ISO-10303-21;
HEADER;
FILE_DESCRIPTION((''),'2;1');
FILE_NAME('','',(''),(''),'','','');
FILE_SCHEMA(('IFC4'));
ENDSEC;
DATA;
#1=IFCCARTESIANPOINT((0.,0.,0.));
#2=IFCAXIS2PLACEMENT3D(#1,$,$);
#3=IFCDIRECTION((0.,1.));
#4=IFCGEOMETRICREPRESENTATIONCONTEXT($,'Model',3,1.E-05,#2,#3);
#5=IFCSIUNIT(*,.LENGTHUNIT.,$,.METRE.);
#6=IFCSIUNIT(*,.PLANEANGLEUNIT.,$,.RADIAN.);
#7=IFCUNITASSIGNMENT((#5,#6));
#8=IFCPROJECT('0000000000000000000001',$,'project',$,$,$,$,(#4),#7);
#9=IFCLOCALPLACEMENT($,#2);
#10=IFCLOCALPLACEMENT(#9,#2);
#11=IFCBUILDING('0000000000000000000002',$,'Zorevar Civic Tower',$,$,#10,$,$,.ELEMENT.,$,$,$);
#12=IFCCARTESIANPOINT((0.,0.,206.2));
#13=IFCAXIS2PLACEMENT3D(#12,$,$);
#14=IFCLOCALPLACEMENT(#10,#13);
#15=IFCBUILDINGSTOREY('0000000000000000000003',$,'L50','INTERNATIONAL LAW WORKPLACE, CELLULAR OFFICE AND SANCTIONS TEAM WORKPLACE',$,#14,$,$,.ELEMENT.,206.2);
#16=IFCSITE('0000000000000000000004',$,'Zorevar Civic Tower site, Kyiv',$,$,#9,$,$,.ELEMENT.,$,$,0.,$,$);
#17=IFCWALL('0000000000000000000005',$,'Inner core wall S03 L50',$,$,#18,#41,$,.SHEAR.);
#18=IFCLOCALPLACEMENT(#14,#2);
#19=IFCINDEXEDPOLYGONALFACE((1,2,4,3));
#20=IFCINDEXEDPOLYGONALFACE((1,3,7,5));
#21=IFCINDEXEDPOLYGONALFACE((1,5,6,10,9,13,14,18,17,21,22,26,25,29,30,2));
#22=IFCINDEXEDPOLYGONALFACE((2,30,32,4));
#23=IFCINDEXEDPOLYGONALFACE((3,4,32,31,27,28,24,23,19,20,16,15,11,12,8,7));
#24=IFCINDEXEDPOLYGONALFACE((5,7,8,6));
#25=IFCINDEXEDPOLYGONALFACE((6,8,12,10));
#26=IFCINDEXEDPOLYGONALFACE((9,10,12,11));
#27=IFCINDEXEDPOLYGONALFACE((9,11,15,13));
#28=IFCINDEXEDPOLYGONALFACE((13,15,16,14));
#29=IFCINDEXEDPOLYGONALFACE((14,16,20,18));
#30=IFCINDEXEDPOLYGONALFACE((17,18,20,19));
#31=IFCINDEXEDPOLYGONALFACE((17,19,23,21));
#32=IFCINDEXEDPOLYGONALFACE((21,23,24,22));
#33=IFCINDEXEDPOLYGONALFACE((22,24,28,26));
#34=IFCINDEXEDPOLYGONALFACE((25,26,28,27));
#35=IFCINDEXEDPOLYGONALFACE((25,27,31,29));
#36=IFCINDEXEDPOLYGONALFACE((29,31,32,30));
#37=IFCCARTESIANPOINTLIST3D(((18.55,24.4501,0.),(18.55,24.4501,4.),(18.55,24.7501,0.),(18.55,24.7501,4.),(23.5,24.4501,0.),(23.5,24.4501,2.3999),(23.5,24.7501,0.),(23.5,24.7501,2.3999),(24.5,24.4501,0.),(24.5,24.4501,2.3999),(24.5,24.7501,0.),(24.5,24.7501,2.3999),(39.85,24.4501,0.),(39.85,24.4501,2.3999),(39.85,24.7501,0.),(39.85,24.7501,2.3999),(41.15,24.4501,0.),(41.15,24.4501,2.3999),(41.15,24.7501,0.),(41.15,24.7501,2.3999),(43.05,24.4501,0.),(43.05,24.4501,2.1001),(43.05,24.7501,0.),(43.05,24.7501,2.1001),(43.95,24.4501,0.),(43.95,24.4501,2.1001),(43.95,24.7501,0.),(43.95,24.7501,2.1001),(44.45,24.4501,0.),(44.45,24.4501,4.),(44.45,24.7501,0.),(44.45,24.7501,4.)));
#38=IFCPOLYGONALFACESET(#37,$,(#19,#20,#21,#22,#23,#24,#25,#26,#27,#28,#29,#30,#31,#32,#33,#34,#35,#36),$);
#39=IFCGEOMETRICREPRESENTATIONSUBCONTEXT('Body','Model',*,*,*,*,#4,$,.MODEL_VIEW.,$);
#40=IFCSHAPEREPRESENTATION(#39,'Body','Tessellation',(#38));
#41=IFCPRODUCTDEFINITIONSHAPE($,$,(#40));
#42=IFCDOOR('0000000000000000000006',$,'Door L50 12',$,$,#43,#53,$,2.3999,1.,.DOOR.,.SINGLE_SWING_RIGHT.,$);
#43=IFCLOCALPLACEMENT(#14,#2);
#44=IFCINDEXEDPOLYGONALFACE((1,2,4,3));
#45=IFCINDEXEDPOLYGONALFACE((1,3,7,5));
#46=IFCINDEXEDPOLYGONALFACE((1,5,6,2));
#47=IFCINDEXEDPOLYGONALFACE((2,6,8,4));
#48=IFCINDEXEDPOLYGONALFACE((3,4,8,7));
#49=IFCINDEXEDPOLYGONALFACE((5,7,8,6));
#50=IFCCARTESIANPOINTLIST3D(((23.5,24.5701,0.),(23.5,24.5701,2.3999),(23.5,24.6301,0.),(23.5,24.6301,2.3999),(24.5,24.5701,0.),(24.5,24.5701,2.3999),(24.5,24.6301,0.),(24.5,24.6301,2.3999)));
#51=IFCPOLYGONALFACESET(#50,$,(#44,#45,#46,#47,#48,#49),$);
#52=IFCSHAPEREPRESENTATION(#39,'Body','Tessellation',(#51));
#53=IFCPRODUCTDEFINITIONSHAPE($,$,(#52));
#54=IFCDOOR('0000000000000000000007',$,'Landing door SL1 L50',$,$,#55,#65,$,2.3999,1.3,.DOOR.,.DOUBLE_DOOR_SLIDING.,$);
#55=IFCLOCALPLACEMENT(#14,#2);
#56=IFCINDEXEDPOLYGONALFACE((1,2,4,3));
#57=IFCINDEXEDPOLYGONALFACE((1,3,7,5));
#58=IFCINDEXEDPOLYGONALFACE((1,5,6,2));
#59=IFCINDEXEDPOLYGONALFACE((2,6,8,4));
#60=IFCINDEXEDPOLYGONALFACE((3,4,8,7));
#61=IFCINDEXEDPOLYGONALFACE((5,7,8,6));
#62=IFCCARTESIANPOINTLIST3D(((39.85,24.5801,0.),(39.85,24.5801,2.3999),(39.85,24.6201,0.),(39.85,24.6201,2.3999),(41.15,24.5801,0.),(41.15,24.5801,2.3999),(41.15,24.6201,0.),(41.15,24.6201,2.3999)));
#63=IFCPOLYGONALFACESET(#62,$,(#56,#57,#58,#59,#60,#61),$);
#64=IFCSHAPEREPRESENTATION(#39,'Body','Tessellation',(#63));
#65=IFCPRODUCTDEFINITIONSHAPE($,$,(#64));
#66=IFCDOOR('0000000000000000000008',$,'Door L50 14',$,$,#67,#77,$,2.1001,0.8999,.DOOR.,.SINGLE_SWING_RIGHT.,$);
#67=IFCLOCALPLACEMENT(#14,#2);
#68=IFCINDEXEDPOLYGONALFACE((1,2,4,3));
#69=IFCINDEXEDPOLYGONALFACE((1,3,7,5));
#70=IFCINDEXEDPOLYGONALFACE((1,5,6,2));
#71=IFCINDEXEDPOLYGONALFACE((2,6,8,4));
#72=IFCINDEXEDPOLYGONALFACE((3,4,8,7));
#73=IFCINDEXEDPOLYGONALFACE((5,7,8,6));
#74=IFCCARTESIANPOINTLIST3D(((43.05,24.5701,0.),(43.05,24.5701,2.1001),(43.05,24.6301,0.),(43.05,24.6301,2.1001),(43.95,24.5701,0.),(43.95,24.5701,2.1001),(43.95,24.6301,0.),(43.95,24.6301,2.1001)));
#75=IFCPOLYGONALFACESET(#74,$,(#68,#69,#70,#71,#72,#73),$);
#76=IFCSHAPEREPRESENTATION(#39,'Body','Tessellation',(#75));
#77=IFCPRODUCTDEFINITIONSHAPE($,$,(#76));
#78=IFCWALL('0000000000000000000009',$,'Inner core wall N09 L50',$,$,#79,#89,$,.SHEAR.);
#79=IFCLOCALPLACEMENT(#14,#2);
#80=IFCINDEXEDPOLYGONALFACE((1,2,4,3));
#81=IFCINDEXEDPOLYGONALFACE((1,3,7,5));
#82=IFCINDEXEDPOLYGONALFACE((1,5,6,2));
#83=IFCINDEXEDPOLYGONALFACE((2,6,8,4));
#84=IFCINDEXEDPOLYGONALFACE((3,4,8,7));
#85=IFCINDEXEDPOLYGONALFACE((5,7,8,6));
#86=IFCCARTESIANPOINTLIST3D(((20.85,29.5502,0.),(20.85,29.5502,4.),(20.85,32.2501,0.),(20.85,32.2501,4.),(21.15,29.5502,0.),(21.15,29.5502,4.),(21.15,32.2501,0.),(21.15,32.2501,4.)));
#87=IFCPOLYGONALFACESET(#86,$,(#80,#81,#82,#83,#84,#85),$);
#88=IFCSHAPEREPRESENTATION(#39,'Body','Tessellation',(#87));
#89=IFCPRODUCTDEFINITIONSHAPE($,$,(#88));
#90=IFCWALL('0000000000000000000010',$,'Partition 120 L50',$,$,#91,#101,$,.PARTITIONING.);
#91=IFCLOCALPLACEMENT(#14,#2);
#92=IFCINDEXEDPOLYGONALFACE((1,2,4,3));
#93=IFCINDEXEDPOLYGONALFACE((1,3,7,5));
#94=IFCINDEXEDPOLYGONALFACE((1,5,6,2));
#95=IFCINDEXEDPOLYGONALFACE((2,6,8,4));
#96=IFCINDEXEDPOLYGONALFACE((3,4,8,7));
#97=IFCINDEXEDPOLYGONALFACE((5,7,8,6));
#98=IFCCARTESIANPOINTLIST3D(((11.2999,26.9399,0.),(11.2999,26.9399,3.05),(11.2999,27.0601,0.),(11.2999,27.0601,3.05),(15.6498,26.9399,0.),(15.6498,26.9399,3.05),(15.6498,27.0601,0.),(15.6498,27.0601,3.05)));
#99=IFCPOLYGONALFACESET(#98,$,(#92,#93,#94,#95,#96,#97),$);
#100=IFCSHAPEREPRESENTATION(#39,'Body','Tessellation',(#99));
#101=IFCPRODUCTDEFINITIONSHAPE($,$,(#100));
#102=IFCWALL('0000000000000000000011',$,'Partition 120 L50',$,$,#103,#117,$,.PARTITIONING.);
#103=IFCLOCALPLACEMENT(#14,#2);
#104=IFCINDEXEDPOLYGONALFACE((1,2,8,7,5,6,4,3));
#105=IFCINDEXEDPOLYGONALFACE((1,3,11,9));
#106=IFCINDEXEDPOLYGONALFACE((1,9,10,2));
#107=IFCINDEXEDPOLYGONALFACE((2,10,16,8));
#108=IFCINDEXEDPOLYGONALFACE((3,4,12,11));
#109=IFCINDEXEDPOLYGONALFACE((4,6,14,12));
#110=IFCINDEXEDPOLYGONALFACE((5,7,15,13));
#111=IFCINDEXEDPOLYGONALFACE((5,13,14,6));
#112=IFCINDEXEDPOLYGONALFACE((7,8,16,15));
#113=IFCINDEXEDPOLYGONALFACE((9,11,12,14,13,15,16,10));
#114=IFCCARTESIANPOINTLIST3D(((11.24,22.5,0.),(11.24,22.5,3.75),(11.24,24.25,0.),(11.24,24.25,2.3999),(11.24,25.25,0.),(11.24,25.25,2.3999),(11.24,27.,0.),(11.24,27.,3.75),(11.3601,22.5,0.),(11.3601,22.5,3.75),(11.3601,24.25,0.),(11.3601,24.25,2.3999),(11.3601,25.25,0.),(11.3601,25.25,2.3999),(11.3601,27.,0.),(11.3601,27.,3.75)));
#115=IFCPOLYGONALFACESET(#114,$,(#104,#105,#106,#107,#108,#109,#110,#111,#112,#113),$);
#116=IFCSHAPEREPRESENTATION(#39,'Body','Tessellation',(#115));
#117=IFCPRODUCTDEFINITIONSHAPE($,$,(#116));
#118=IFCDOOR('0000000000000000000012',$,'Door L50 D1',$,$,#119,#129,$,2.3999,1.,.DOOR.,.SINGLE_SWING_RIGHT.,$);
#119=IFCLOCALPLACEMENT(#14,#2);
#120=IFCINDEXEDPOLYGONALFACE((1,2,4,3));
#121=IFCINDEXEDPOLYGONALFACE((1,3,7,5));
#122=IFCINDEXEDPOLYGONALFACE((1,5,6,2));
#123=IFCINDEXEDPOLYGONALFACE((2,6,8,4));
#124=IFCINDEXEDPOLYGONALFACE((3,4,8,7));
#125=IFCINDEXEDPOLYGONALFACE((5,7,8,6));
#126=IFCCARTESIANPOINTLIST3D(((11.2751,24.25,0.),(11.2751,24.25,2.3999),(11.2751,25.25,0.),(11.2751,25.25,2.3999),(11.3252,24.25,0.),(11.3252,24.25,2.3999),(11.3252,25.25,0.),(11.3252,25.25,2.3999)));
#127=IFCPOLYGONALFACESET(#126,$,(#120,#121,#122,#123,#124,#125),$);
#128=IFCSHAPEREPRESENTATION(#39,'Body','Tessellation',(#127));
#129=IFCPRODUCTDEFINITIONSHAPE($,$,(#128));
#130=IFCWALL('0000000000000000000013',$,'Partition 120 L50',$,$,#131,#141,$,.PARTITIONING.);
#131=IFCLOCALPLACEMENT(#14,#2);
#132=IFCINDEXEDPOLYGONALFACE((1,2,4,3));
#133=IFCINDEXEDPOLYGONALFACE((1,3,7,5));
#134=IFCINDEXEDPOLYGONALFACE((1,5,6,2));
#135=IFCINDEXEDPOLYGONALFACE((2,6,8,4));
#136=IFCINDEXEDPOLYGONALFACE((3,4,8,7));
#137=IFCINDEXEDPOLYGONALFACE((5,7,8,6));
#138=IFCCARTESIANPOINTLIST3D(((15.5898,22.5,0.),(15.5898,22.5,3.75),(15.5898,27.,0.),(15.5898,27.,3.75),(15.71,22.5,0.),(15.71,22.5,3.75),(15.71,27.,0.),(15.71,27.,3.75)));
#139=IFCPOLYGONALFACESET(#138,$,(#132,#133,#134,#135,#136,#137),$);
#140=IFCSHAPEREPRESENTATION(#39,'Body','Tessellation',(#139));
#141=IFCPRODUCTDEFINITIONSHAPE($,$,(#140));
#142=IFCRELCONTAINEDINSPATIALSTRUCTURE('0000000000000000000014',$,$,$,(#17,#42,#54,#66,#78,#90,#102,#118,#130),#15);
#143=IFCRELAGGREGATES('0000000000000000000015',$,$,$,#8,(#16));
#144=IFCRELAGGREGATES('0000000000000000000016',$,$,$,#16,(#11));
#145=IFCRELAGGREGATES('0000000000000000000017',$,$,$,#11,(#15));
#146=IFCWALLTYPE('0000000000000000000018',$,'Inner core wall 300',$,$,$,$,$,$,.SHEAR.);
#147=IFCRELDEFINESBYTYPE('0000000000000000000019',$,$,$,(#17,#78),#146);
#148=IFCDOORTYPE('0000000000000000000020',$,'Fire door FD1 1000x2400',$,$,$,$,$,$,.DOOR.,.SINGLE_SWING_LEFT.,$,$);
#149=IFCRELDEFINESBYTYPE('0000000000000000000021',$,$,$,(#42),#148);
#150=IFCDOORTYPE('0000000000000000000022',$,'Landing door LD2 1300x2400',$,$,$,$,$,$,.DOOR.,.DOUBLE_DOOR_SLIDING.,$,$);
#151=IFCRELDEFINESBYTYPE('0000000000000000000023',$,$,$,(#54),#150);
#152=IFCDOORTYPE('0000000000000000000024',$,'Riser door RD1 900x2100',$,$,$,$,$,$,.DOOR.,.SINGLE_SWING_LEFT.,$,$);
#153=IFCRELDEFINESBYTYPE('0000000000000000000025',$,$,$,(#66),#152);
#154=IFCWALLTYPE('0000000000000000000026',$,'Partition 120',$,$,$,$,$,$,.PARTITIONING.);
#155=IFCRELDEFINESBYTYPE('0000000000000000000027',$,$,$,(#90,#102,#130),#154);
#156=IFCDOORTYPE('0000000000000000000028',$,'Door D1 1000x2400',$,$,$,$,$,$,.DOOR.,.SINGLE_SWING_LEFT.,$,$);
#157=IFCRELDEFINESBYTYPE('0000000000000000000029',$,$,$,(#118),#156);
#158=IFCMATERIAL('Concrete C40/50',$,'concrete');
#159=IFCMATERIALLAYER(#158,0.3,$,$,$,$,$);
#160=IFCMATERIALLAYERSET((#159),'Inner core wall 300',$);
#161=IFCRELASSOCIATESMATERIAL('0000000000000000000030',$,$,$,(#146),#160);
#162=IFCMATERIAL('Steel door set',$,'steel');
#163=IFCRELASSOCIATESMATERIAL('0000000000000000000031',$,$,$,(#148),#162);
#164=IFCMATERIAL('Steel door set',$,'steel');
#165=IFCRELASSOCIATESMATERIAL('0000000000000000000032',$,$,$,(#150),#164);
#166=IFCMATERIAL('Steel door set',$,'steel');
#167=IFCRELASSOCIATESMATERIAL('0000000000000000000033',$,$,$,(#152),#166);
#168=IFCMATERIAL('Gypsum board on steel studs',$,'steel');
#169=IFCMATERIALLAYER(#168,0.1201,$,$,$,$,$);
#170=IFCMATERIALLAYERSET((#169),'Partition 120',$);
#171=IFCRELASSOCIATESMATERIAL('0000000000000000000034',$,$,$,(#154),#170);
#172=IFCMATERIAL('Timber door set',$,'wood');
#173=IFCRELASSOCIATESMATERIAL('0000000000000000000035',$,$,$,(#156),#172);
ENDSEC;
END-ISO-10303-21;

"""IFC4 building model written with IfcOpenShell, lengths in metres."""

from ifc_helpers import new_model, si_unit, direction, frame, frame_2d, origin, place, context, subcontext, project, spatial, rectangle, extrude, material, layer, layer_set, type_object, element, fill, save


model = new_model("IFC4")

# Units and contexts
model_context = context("Model", 3, precision=1e-05, world=origin(), true_north=direction((0.0, 1.0)))
body_context = subcontext(model_context, "Body", "Model", "MODEL_VIEW")
ifc_project = project(units=[si_unit("LENGTHUNIT", "METRE"), si_unit("PLANEANGLEUNIT", "RADIAN")], contexts=[model_context])

# Site, building, storey
site_placement = place(None, origin())
site = spatial("IfcSite", under=ifc_project, at=site_placement, Name="Zorevar Civic Tower site, Kyiv", CompositionType="ELEMENT", RefElevation=0.0)
building_placement = place(site_placement, origin())
building = spatial("IfcBuilding", under=site, at=building_placement, Name="Zorevar Civic Tower", CompositionType="ELEMENT")
storey_placement = place(building_placement, frame((0.0, 0.0, 206.2)))
storey = spatial("IfcBuildingStorey", under=building, at=storey_placement, Name="L50", Description="INTERNATIONAL LAW WORKPLACE, CELLULAR OFFICE AND SANCTIONS TEAM WORKPLACE", CompositionType="ELEMENT", Elevation=206.2)

# Wall, openings, doors
ifc_material_1 = material(Name="Concrete C40/50", Category="concrete")
ifc_layer_1 = layer(ifc_material_1, 0.3)
ifc_layer_set_1 = layer_set([ifc_layer_1], Name="Inner core wall 300")
wall_type_1 = type_object("IfcWallType", Name="Inner core wall 300", PredefinedType="SHEAR", material=ifc_layer_set_1)
wall_1_placement = place(storey_placement, frame((18.55, 24.6001, 0.0), z_axis=(0.0, 0.0, 1.0), x_axis=(1.0, 0.0, 0.0)))
wall_1 = element("IfcWall", 1, at=wall_1_placement, inside=storey, type_object=wall_type_1, Name="Inner core wall S03 L50", PredefinedType="SHEAR", context=body_context, shape_type="SweptSolid", body=[
    extrude(rectangle(XDim=25.8999, YDim=0.3, at=frame_2d((12.95, 0.0))), origin(), (0.0, 0.0, 1.0), 4.0),
])
opening_1_placement = place(wall_1_placement, frame((4.95, 0.0, 0.0)))
opening_1 = element("IfcOpeningElement", 2, at=opening_1_placement, cuts=wall_1, PredefinedType="OPENING", context=body_context, shape_type="SweptSolid", body=[
    extrude(rectangle(XDim=1.0, YDim=2.3999, at=frame_2d((0.5, 1.2))), frame((0.0, 0.1599, 0.0), z_axis=(0.0, -1.0, 0.0), x_axis=(1.0, 0.0, 0.0)), (0.0, 0.0, 1.0), 0.3201),
])
opening_2_placement = place(wall_1_placement, frame((24.5, 0.0, 0.0)))
opening_2 = element("IfcOpeningElement", 3, at=opening_2_placement, cuts=wall_1, PredefinedType="OPENING", context=body_context, shape_type="SweptSolid", body=[
    extrude(rectangle(XDim=0.8999, YDim=2.1001, at=frame_2d((0.45, 1.05))), frame((0.0, 0.1599, 0.0), z_axis=(0.0, -1.0, 0.0), x_axis=(1.0, 0.0, 0.0)), (0.0, 0.0, 1.0), 0.3201),
])
opening_3_placement = place(wall_1_placement, frame((21.3, 0.0, 0.0)))
opening_3 = element("IfcOpeningElement", 4, at=opening_3_placement, cuts=wall_1, PredefinedType="OPENING", context=body_context, shape_type="SweptSolid", body=[
    extrude(rectangle(XDim=1.3, YDim=2.3999, at=frame_2d((0.6499, 1.2))), frame((0.0, 0.1599, 0.0), z_axis=(0.0, -1.0, 0.0), x_axis=(1.0, 0.0, 0.0)), (0.0, 0.0, 1.0), 0.3201),
])
ifc_material_2 = material(Name="Steel door set", Category="steel")
door_type_1 = type_object("IfcDoorType", Name="Fire door FD1 1000x2400", OperationType="SINGLE_SWING_LEFT", PredefinedType="DOOR", material=ifc_material_2)
door_1_placement = place(opening_1_placement, origin())
door_1 = element("IfcDoor", 5, at=door_1_placement, inside=storey, type_object=door_type_1, Name="Door L50 12", OperationType="SINGLE_SWING_RIGHT", OverallHeight=2.3999, OverallWidth=1.0, PredefinedType="DOOR", context=body_context, shape_type="SweptSolid", body=[
    extrude(rectangle(XDim=1.0, YDim=2.3999, at=frame_2d((0.5, 1.2))), frame((0.0, 0.03, 0.0), z_axis=(0.0, -1.0, 0.0), x_axis=(1.0, 0.0, 0.0)), (0.0, 0.0, 1.0), 0.0601),
])
fill(opening_1, door_1)
ifc_material_3 = material(Name="Steel door set", Category="steel")
door_type_2 = type_object("IfcDoorType", Name="Landing door LD2 1300x2400", OperationType="DOUBLE_DOOR_SLIDING", PredefinedType="DOOR", material=ifc_material_3)
door_2_placement = place(opening_3_placement, origin())
door_2 = element("IfcDoor", 6, at=door_2_placement, inside=storey, type_object=door_type_2, Name="Landing door SL1 L50", OperationType="DOUBLE_DOOR_SLIDING", OverallHeight=2.3999, OverallWidth=1.3, PredefinedType="DOOR", context=body_context, shape_type="SweptSolid", body=[
    extrude(rectangle(XDim=1.3, YDim=2.3999, at=frame_2d((0.6499, 1.2))), frame((0.0, 0.02, 0.0), z_axis=(0.0, -1.0, 0.0), x_axis=(1.0, 0.0, 0.0)), (0.0, 0.0, 1.0), 0.04),
])
fill(opening_3, door_2)
ifc_material_4 = material(Name="Steel door set", Category="steel")
door_type_3 = type_object("IfcDoorType", Name="Riser door RD1 900x2100", OperationType="SINGLE_SWING_LEFT", PredefinedType="DOOR", material=ifc_material_4)
door_3_placement = place(opening_2_placement, origin())
door_3 = element("IfcDoor", 7, at=door_3_placement, inside=storey, type_object=door_type_3, Name="Door L50 14", OperationType="SINGLE_SWING_RIGHT", OverallHeight=2.1001, OverallWidth=0.8999, PredefinedType="DOOR", context=body_context, shape_type="SweptSolid", body=[
    extrude(rectangle(XDim=0.8999, YDim=2.1001, at=frame_2d((0.45, 1.05))), frame((0.0, 0.03, 0.0), z_axis=(0.0, -1.0, 0.0), x_axis=(1.0, 0.0, 0.0)), (0.0, 0.0, 1.0), 0.0601),
])
fill(opening_2, door_3)

# Walls
wall_2_placement = place(storey_placement, frame((21.0, 29.55, 0.0), z_axis=(0.0, 0.0, 1.0), x_axis=(0.0, 1.0, 0.0)))
element("IfcWall", 8, at=wall_2_placement, inside=storey, type_object=wall_type_1, Name="Inner core wall N09 L50", PredefinedType="SHEAR", context=body_context, shape_type="SweptSolid", body=[
    extrude(rectangle(XDim=2.7, YDim=0.3, at=frame_2d((1.3501, 0.0))), origin(), (0.0, 0.0, 1.0), 4.0),
])
ifc_material_5 = material(Name="Gypsum board on steel studs", Category="steel")
ifc_layer_2 = layer(ifc_material_5, 0.1201)
ifc_layer_set_2 = layer_set([ifc_layer_2], Name="Partition 120")
wall_type_2 = type_object("IfcWallType", Name="Partition 120", PredefinedType="PARTITIONING", material=ifc_layer_set_2)
wall_3_placement = place(storey_placement, frame((11.3, 27.0, 0.0), z_axis=(0.0, 0.0, 1.0), x_axis=(1.0, 0.0, 0.0)))
element("IfcWall", 9, at=wall_3_placement, inside=storey, type_object=wall_type_2, Name="Partition 120 L50", PredefinedType="PARTITIONING", context=body_context, shape_type="SweptSolid", body=[
    extrude(rectangle(XDim=4.3499, YDim=0.1201, at=frame_2d((2.1748, 0.0))), origin(), (0.0, 0.0, 1.0), 3.05),
])

# Wall, opening, door
wall_4_placement = place(storey_placement, frame((11.3, 22.5, 0.0), z_axis=(0.0, 0.0, 1.0), x_axis=(0.0, 1.0, 0.0)))
wall_4 = element("IfcWall", 10, at=wall_4_placement, inside=storey, type_object=wall_type_2, Name="Partition 120 L50", PredefinedType="PARTITIONING", context=body_context, shape_type="SweptSolid", body=[
    extrude(rectangle(XDim=4.5, YDim=0.1201, at=frame_2d((2.25, 0.0))), origin(), (0.0, 0.0, 1.0), 3.75),
])
opening_4_placement = place(wall_4_placement, frame((1.75, 0.0, 0.0)))
opening_4 = element("IfcOpeningElement", 11, at=opening_4_placement, cuts=wall_4, PredefinedType="OPENING", context=body_context, shape_type="SweptSolid", body=[
    extrude(rectangle(XDim=1.0, YDim=2.3999, at=frame_2d((0.5, 1.2))), frame((0.0, 0.0701, 0.0), z_axis=(0.0, -1.0, 0.0), x_axis=(1.0, 0.0, 0.0)), (0.0, 0.0, 1.0), 0.1401),
])
ifc_material_6 = material(Name="Timber door set", Category="wood")
door_type_4 = type_object("IfcDoorType", Name="Door D1 1000x2400", OperationType="SINGLE_SWING_LEFT", PredefinedType="DOOR", material=ifc_material_6)
door_4_placement = place(opening_4_placement, origin())
door_4 = element("IfcDoor", 12, at=door_4_placement, inside=storey, type_object=door_type_4, Name="Door L50 D1", OperationType="SINGLE_SWING_RIGHT", OverallHeight=2.3999, OverallWidth=1.0, PredefinedType="DOOR", context=body_context, shape_type="SweptSolid", body=[
    extrude(rectangle(XDim=1.0, YDim=2.3999, at=frame_2d((0.5, 1.2))), frame((0.0, 0.0249, 0.0), z_axis=(0.0, -1.0, 0.0), x_axis=(1.0, 0.0, 0.0)), (0.0, 0.0, 1.0), 0.05),
])
fill(opening_4, door_4)

# Wall
wall_5_placement = place(storey_placement, frame((15.6499, 22.5, 0.0), z_axis=(0.0, 0.0, 1.0), x_axis=(0.0, 1.0, 0.0)))
element("IfcWall", 13, at=wall_5_placement, inside=storey, type_object=wall_type_2, Name="Partition 120 L50", PredefinedType="PARTITIONING", context=body_context, shape_type="SweptSolid", body=[
    extrude(rectangle(XDim=4.5, YDim=0.1201, at=frame_2d((2.25, 0.0))), origin(), (0.0, 0.0, 1.0), 3.75),
])

save(model, "model.ifc")
